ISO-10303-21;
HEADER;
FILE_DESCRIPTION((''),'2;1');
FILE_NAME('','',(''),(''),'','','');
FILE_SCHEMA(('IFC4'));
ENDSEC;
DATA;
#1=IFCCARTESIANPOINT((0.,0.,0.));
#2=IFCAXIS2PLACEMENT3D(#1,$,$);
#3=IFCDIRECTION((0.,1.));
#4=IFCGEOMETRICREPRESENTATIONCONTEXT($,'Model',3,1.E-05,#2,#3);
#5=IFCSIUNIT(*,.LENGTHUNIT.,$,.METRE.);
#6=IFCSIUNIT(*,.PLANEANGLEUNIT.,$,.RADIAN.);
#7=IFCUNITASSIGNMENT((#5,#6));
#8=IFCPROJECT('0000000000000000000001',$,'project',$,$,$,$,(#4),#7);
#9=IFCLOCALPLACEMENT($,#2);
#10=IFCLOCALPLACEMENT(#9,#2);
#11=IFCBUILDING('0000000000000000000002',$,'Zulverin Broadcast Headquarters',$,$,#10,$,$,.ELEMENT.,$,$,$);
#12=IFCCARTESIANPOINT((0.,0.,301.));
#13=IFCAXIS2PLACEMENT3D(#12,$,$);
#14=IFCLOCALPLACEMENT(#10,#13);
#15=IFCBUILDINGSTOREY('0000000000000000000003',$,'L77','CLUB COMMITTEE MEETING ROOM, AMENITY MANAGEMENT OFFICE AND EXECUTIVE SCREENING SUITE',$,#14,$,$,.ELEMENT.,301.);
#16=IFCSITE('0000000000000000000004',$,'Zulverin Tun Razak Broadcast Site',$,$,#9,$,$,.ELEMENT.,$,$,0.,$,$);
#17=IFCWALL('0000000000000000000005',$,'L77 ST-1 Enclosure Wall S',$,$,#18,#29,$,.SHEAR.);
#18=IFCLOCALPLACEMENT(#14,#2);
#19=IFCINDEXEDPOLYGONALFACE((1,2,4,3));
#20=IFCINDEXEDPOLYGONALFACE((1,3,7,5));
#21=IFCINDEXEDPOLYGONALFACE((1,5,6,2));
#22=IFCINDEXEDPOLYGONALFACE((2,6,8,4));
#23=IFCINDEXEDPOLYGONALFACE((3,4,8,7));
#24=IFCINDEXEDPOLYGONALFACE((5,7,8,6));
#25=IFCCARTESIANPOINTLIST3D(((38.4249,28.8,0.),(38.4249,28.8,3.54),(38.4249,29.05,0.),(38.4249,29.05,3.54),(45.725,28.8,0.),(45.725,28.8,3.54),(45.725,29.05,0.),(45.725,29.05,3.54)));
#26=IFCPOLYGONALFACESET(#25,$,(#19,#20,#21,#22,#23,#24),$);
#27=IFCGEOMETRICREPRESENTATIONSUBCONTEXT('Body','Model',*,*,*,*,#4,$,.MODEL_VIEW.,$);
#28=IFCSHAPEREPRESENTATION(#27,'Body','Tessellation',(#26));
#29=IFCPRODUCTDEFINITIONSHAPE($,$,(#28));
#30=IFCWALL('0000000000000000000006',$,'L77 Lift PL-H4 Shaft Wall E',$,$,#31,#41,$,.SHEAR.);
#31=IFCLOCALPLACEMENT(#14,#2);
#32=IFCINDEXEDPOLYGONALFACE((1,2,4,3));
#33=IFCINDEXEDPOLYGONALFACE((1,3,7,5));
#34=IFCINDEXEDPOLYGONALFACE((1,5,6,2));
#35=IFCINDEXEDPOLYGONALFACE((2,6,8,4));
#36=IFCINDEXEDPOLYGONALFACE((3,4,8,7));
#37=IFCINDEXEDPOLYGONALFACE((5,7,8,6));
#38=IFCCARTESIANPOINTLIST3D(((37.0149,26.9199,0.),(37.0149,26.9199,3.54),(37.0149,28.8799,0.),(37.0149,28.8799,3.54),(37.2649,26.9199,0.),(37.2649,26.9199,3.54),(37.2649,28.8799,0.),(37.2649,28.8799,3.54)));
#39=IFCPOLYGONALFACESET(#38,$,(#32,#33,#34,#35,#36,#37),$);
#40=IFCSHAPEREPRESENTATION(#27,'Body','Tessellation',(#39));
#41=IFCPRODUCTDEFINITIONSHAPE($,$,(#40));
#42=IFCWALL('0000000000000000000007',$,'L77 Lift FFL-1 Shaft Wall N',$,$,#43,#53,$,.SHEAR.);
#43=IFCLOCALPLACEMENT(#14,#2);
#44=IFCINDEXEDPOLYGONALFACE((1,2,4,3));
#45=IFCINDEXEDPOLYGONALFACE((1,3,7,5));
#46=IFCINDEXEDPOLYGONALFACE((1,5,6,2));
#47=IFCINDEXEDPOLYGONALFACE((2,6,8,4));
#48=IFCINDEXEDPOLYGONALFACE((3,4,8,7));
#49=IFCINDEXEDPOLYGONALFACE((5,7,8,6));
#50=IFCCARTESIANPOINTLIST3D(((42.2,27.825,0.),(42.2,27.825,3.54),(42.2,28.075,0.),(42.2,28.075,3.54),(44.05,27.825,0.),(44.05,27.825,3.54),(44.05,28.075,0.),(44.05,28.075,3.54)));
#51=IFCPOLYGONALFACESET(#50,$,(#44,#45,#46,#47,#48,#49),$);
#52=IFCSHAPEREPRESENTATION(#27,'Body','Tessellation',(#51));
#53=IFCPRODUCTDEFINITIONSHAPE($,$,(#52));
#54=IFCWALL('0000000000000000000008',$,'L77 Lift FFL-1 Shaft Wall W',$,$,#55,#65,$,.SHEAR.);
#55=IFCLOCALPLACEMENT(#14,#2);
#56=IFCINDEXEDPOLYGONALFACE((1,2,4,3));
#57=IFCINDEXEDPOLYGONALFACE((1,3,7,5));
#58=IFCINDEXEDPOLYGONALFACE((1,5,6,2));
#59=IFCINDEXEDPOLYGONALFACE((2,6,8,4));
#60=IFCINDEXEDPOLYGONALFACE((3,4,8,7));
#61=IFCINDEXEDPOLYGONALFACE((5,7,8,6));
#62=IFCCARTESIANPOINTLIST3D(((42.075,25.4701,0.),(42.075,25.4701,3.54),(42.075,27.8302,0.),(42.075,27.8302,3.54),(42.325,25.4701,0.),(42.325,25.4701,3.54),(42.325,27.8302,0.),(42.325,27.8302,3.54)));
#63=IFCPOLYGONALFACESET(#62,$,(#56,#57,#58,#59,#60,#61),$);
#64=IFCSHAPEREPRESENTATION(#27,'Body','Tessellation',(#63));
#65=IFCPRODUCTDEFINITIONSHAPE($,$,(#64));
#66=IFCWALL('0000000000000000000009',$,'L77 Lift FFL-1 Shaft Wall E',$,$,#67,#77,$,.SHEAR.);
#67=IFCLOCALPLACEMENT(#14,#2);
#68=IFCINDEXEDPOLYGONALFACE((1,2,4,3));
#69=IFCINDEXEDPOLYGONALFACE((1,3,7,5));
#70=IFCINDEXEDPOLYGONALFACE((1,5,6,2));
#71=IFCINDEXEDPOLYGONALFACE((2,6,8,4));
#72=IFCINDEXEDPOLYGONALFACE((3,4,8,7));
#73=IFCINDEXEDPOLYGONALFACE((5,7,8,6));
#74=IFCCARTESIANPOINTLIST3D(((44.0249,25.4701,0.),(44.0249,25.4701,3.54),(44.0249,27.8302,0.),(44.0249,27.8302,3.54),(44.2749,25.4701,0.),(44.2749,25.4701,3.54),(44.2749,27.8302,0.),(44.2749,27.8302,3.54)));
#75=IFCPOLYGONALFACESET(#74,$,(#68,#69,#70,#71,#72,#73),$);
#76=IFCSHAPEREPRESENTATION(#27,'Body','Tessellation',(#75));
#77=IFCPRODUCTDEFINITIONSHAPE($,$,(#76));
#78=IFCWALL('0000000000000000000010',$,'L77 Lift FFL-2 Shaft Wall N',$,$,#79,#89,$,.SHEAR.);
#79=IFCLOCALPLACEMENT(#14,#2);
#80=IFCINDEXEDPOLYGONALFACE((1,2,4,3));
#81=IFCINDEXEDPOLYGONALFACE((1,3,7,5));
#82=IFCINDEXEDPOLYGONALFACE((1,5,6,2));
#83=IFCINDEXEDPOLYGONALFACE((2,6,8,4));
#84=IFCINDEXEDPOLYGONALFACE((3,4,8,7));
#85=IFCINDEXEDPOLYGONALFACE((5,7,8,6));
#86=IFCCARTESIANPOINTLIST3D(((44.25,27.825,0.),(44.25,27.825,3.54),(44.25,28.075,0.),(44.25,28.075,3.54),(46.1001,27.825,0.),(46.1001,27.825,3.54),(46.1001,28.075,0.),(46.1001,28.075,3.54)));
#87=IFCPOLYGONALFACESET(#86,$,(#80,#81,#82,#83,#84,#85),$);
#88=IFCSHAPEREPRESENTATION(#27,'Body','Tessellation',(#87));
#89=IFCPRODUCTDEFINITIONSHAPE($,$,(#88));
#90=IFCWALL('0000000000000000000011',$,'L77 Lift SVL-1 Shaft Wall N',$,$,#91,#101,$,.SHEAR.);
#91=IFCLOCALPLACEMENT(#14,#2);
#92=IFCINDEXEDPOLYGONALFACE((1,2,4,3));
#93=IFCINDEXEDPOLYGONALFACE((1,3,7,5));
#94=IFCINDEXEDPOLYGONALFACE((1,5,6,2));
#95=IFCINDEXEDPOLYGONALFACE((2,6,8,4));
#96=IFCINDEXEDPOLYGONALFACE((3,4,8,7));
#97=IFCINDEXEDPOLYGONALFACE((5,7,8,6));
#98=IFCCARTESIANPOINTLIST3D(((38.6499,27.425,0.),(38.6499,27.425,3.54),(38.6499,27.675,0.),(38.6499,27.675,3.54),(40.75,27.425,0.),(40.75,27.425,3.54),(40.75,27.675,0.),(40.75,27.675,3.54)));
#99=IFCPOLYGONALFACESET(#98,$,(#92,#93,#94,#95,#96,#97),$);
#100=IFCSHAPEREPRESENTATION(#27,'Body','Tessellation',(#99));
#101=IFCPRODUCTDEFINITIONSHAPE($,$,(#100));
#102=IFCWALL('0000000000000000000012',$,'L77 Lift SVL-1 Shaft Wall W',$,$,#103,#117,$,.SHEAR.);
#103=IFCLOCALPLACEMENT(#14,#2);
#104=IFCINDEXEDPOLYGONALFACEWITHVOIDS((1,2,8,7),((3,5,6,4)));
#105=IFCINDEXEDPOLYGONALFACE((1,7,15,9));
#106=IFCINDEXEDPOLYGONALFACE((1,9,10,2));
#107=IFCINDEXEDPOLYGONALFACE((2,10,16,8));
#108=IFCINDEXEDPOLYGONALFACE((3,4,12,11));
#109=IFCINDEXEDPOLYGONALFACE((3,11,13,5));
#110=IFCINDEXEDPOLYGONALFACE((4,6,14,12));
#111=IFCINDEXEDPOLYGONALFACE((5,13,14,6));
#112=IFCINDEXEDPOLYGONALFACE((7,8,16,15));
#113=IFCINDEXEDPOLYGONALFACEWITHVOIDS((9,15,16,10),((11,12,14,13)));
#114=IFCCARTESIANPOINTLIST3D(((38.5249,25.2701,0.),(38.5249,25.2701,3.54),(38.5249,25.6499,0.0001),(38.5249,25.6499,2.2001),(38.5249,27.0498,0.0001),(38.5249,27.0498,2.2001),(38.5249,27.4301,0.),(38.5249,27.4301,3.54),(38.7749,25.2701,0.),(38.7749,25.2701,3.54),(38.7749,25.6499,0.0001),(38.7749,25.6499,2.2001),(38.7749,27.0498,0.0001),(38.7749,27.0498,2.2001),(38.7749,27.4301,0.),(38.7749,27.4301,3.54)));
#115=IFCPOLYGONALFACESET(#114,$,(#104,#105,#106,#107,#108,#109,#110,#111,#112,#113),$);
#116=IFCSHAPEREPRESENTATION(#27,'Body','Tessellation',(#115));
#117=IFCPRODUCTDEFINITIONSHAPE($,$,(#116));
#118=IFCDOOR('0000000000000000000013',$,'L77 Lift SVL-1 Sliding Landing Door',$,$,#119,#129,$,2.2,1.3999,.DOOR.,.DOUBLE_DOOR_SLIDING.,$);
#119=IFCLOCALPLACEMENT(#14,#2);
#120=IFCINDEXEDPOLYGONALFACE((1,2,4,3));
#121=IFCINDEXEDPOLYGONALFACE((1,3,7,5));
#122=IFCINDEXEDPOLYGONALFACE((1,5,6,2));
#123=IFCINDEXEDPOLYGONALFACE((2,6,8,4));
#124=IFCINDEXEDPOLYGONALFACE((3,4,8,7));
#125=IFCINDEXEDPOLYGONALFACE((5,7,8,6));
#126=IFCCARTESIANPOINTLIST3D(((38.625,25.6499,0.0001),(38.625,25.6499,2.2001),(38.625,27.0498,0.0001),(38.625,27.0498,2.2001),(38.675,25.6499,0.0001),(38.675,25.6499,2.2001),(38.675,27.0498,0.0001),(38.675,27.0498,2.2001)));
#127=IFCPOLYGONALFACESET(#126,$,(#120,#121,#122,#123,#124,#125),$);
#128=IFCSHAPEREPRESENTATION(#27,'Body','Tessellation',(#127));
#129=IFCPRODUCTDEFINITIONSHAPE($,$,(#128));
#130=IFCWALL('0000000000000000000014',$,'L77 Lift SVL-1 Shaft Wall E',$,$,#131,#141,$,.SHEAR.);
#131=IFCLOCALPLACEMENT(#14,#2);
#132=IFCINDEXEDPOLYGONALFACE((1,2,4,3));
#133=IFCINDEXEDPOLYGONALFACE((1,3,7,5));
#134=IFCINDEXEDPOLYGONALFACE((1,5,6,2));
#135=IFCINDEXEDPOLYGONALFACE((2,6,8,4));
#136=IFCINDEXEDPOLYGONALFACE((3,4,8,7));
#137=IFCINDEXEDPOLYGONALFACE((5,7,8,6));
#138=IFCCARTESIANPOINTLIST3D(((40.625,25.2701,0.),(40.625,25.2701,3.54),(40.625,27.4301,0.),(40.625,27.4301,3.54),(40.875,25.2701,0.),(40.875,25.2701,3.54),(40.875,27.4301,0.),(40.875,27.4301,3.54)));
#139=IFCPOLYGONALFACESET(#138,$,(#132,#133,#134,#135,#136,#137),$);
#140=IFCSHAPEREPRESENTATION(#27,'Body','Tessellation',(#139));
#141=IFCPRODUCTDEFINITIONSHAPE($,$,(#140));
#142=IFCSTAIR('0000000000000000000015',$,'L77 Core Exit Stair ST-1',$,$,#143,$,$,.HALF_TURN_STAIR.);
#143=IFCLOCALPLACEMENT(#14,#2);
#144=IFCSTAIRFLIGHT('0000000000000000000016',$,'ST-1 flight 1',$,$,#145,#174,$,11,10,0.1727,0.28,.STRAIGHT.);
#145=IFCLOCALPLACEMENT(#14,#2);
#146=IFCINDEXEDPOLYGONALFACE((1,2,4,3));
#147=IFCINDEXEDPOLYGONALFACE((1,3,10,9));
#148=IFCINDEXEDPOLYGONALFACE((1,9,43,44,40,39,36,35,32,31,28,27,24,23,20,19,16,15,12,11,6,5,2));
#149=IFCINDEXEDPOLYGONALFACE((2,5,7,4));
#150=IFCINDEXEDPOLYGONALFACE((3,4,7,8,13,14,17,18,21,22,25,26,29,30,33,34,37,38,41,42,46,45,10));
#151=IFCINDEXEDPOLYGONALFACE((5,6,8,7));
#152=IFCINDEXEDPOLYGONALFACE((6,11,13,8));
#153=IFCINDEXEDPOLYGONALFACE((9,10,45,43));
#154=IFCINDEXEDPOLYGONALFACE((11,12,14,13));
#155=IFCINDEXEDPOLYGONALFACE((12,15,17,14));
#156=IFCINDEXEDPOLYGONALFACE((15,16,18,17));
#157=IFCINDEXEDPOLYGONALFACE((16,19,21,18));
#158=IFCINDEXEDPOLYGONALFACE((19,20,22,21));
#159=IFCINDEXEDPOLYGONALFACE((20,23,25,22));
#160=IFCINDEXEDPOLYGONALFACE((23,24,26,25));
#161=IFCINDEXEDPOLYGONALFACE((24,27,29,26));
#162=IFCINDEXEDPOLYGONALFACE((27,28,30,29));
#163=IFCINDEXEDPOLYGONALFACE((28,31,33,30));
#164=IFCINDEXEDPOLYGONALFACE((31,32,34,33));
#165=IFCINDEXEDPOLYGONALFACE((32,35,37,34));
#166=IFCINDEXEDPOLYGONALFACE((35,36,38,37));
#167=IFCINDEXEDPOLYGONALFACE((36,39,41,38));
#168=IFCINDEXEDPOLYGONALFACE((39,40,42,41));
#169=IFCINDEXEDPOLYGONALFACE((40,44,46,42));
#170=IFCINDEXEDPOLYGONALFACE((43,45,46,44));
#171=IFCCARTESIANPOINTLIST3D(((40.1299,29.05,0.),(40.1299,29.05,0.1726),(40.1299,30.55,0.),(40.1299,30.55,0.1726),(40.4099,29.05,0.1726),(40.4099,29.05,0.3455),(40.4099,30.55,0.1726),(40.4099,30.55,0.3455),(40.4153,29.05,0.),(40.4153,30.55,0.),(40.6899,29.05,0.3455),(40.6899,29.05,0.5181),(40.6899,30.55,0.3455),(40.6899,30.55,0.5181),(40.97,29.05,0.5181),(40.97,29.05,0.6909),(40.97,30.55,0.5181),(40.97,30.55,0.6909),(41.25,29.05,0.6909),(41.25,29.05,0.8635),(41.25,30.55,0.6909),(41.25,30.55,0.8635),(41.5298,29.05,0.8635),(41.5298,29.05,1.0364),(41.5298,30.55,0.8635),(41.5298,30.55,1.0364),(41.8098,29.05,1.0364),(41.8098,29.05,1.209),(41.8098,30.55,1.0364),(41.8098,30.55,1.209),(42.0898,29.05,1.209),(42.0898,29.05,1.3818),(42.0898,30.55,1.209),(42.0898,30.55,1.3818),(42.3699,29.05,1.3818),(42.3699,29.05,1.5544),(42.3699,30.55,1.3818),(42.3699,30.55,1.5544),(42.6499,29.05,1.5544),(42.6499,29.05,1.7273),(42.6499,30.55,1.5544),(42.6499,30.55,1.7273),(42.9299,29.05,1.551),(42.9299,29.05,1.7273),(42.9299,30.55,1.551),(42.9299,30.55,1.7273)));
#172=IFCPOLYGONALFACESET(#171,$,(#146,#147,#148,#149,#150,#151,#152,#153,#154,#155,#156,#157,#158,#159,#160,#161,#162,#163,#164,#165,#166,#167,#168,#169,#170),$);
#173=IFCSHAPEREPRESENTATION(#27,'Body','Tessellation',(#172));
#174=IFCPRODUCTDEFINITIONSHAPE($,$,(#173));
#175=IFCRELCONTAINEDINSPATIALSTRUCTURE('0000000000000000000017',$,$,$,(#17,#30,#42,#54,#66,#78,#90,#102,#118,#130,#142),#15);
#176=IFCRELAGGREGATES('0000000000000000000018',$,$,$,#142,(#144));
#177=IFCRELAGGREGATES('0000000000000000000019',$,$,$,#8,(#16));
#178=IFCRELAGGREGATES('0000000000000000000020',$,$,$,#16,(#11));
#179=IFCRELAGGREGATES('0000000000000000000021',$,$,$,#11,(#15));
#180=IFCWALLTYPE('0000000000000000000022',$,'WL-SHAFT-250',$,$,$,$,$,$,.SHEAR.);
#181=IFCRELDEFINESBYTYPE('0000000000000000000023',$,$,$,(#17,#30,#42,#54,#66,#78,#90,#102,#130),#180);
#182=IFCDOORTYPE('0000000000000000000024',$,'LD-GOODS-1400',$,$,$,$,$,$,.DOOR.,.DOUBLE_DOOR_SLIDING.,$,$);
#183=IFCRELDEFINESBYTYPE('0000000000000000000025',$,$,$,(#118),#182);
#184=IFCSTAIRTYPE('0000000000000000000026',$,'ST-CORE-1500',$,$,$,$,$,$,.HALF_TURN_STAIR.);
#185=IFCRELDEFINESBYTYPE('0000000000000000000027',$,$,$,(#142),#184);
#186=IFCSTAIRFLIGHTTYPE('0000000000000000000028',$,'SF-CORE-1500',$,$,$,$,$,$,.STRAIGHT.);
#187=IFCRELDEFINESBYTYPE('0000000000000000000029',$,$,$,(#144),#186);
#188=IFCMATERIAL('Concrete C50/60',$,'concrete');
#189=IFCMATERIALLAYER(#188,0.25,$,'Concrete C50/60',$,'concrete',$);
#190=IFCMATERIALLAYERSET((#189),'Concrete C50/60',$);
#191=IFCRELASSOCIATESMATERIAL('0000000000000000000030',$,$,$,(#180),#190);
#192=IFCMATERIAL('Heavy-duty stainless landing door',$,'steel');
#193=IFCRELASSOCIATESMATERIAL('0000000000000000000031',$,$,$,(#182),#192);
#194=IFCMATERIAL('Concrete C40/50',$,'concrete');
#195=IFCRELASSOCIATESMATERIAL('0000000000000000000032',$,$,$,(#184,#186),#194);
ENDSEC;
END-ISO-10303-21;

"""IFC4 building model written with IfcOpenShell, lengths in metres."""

from ifc_helpers import new_model, si_unit, direction, frame, frame_2d, origin, place, context, subcontext, project, spatial, polyline, rectangle, outline, extrude, material, layer, layer_set, type_object, element, fill, aggregate, save


model = new_model("IFC4")

# Units and contexts
model_context = context("Model", 3, precision=1e-05, world=origin(), true_north=direction((0.0, 1.0)))
body_context = subcontext(model_context, "Body", "Model", "MODEL_VIEW")
ifc_project = project(units=[si_unit("LENGTHUNIT", "METRE"), si_unit("PLANEANGLEUNIT", "RADIAN")], contexts=[model_context])

# Site, building, storey
site_placement = place(None, origin())
site = spatial("IfcSite", under=ifc_project, at=site_placement, Name="Zulverin Tun Razak Broadcast Site", CompositionType="ELEMENT", RefElevation=0.0)
building_placement = place(site_placement, origin())
building = spatial("IfcBuilding", under=site, at=building_placement, Name="Zulverin Broadcast Headquarters", CompositionType="ELEMENT")
storey_placement = place(building_placement, frame((0.0, 0.0, 301.0)))
storey = spatial("IfcBuildingStorey", under=building, at=storey_placement, Name="L77", Description="CLUB COMMITTEE MEETING ROOM, AMENITY MANAGEMENT OFFICE AND EXECUTIVE SCREENING SUITE", CompositionType="ELEMENT", Elevation=301.0)

# Wall
ifc_material_1 = material(Name="Concrete C50/60", Category="concrete")
ifc_layer = layer(ifc_material_1, 0.25, Name="Concrete C50/60", Category="concrete")
ifc_layer_set = layer_set([ifc_layer], Name="Concrete C50/60")
wall_type = type_object("IfcWallType", Name="WL-SHAFT-250", PredefinedType="SHEAR", material=ifc_layer_set)
wall_1_placement = place(storey_placement, frame((38.425, 28.925, 0.0), z_axis=(0.0, 0.0, 1.0), x_axis=(1.0, 0.0, 0.0)))
element("IfcWall", 1, at=wall_1_placement, inside=storey, type_object=wall_type, Name="L77 ST-1 Enclosure Wall S", PredefinedType="SHEAR", context=body_context, shape_type="SweptSolid", body=[
    extrude(rectangle(XDim=7.3, YDim=0.25, at=frame_2d((3.6499, 0.0))), origin(), (0.0, 0.0, 1.0), 3.54),
])

# Wall
wall_2_placement = place(storey_placement, frame((37.1399, 26.9199, 0.0), z_axis=(0.0, 0.0, 1.0), x_axis=(0.0, 1.0, 0.0)))
element("IfcWall", 2, at=wall_2_placement, inside=storey, type_object=wall_type, Name="L77 Lift PL-H4 Shaft Wall E", PredefinedType="SHEAR", context=body_context, shape_type="SweptSolid", body=[
    extrude(rectangle(XDim=1.96, YDim=0.25, at=frame_2d((0.98, 0.0))), origin(), (0.0, 0.0, 1.0), 3.54),
])

# Walls
wall_3_placement = place(storey_placement, frame((42.2, 27.95, 0.0), z_axis=(0.0, 0.0, 1.0), x_axis=(1.0, 0.0, 0.0)))
element("IfcWall", 3, at=wall_3_placement, inside=storey, type_object=wall_type, Name="L77 Lift FFL-1 Shaft Wall N", PredefinedType="SHEAR", context=body_context, shape_type="SweptSolid", body=[
    extrude(rectangle(XDim=1.8501, YDim=0.25, at=frame_2d((0.925, 0.0))), origin(), (0.0, 0.0, 1.0), 3.54),
])
for number, where, z_axis, x_axis, name in (
    (4, (42.2, 25.47, 0.0), (0.0, 0.0, 1.0), (0.0, 1.0, 0.0), "L77 Lift FFL-1 Shaft Wall W"),
    (5, (44.1499, 25.47, 0.0), (0.0, 0.0, 1.0), (0.0, 1.0, 0.0), "L77 Lift FFL-1 Shaft Wall E"),
):
    element("IfcWall", number, at=place(storey_placement, frame(where, z_axis=z_axis, x_axis=x_axis)), inside=storey, type_object=wall_type, Name=name, PredefinedType="SHEAR", context=body_context, shape_type="SweptSolid", body=[
        extrude(rectangle(XDim=2.3601, YDim=0.25, at=frame_2d((1.1802, 0.0))), origin(), (0.0, 0.0, 1.0), 3.54),
    ])

# Walls
wall_4_placement = place(storey_placement, frame((44.25, 27.95, 0.0), z_axis=(0.0, 0.0, 1.0), x_axis=(1.0, 0.0, 0.0)))
element("IfcWall", 6, at=wall_4_placement, inside=storey, type_object=wall_type, Name="L77 Lift FFL-2 Shaft Wall N", PredefinedType="SHEAR", context=body_context, shape_type="SweptSolid", body=[
    extrude(rectangle(XDim=1.8501, YDim=0.25, at=frame_2d((0.925, 0.0))), origin(), (0.0, 0.0, 1.0), 3.54),
])
wall_5_placement = place(storey_placement, frame((38.6499, 27.55, 0.0), z_axis=(0.0, 0.0, 1.0), x_axis=(1.0, 0.0, 0.0)))
element("IfcWall", 7, at=wall_5_placement, inside=storey, type_object=wall_type, Name="L77 Lift SVL-1 Shaft Wall N", PredefinedType="SHEAR", context=body_context, shape_type="SweptSolid", body=[
    extrude(rectangle(XDim=2.1001, YDim=0.25, at=frame_2d((1.05, 0.0))), origin(), (0.0, 0.0, 1.0), 3.54),
])

# Wall, opening, door
wall_6_placement = place(storey_placement, frame((38.6499, 25.27, 0.0), z_axis=(0.0, 0.0, 1.0), x_axis=(0.0, 1.0, 0.0)))
wall_6 = element("IfcWall", 8, at=wall_6_placement, inside=storey, type_object=wall_type, Name="L77 Lift SVL-1 Shaft Wall W", PredefinedType="SHEAR", context=body_context, shape_type="SweptSolid", body=[
    extrude(rectangle(XDim=2.1599, YDim=0.25, at=frame_2d((1.0801, 0.0))), origin(), (0.0, 0.0, 1.0), 3.54),
])
opening_1_placement = place(wall_6_placement, frame((0.3799, 0.0, 0.0)))
opening_1 = element("IfcOpeningElement", 9, at=opening_1_placement, cuts=wall_6, PredefinedType="OPENING", context=body_context, shape_type="SweptSolid", body=[
    extrude(rectangle(XDim=1.3999, YDim=2.2, at=frame_2d((0.7, 1.1001))), frame((0.0, 0.135, 0.0), z_axis=(0.0, -1.0, 0.0), x_axis=(1.0, 0.0, 0.0)), (0.0, 0.0, 1.0), 0.27),
])
ifc_material_2 = material(Name="Heavy-duty stainless landing door", Category="steel")
door_type_1 = type_object("IfcDoorType", Name="LD-GOODS-1400", OperationType="DOUBLE_DOOR_SLIDING", PredefinedType="DOOR", material=ifc_material_2)
door_1_placement = place(opening_1_placement, origin())
door_1 = element("IfcDoor", 10, at=door_1_placement, inside=storey, type_object=door_type_1, Name="L77 Lift SVL-1 Sliding Landing Door", OperationType="DOUBLE_DOOR_SLIDING", OverallHeight=2.2, OverallWidth=1.3999, PredefinedType="DOOR", context=body_context, shape_type="SweptSolid", body=[
    extrude(rectangle(XDim=1.3999, YDim=2.2, at=frame_2d((0.7, 1.1001))), frame((0.0, 0.0249, 0.0), z_axis=(0.0, -1.0, 0.0), x_axis=(1.0, 0.0, 0.0)), (0.0, 0.0, 1.0), 0.05),
])
fill(opening_1, door_1)

# Wall
wall_7_placement = place(storey_placement, frame((40.75, 25.27, 0.0), z_axis=(0.0, 0.0, 1.0), x_axis=(0.0, 1.0, 0.0)))
element("IfcWall", 11, at=wall_7_placement, inside=storey, type_object=wall_type, Name="L77 Lift SVL-1 Shaft Wall E", PredefinedType="SHEAR", context=body_context, shape_type="SweptSolid", body=[
    extrude(rectangle(XDim=2.1599, YDim=0.25, at=frame_2d((1.0801, 0.0))), origin(), (0.0, 0.0, 1.0), 3.54),
])

# Stair, stair flight
ifc_material_3 = material(Name="Concrete C40/50", Category="concrete")
stair_type = type_object("IfcStairType", Name="ST-CORE-1500", PredefinedType="HALF_TURN_STAIR", material=ifc_material_3)
stair_placement = place(storey_placement, origin())
stair = element("IfcStair", 12, at=stair_placement, inside=storey, type_object=stair_type, Name="L77 Core Exit Stair ST-1", PredefinedType="HALF_TURN_STAIR")
stair_flight_type = type_object("IfcStairFlightType", Name="SF-CORE-1500", PredefinedType="STRAIGHT", material=ifc_material_3)
stair_flight_placement = place(storey_placement, frame((40.1299, 29.8, 0.0), z_axis=(0.0, 0.0, 1.0), x_axis=(1.0, 0.0, 0.0)))
stair_flight = element("IfcStairFlight", 13, at=stair_flight_placement, type_object=stair_flight_type, Name="ST-1 flight 1", NumberOfRisers=11, NumberOfTreads=10, PredefinedType="STRAIGHT", RiserHeight=0.1727, TreadLength=0.28, context=body_context, shape_type="SweptSolid", body=[
    extrude(outline(polyline([(0.0, 0.0), (0.0, 0.1726), (0.28, 0.1726), (0.28, 0.3455), (0.5601, 0.3455), (0.5601, 0.5181), (0.8401, 0.5181), (0.8401, 0.6909), (1.1201, 0.6909), (1.1201, 0.8635), (1.3999, 0.8635), (1.3999, 1.0364), (1.6799, 1.0364), (1.6799, 1.209), (1.96, 1.209), (1.96, 1.3818), (2.24, 1.3818), (2.24, 1.5544), (2.52, 1.5544), (2.52, 1.7273), (2.8, 1.7273), (2.8, 1.8999), (2.8, 1.551), (0.2854, 0.0), (0.0, 0.0)])), frame((0.0, 0.75, 0.0), z_axis=(0.0, -1.0, 0.0), x_axis=(1.0, 0.0, 0.0)), (0.0, 0.0, 1.0), 1.5),
])
aggregate(stair, [stair_flight])

save(model, "model.ifc")
